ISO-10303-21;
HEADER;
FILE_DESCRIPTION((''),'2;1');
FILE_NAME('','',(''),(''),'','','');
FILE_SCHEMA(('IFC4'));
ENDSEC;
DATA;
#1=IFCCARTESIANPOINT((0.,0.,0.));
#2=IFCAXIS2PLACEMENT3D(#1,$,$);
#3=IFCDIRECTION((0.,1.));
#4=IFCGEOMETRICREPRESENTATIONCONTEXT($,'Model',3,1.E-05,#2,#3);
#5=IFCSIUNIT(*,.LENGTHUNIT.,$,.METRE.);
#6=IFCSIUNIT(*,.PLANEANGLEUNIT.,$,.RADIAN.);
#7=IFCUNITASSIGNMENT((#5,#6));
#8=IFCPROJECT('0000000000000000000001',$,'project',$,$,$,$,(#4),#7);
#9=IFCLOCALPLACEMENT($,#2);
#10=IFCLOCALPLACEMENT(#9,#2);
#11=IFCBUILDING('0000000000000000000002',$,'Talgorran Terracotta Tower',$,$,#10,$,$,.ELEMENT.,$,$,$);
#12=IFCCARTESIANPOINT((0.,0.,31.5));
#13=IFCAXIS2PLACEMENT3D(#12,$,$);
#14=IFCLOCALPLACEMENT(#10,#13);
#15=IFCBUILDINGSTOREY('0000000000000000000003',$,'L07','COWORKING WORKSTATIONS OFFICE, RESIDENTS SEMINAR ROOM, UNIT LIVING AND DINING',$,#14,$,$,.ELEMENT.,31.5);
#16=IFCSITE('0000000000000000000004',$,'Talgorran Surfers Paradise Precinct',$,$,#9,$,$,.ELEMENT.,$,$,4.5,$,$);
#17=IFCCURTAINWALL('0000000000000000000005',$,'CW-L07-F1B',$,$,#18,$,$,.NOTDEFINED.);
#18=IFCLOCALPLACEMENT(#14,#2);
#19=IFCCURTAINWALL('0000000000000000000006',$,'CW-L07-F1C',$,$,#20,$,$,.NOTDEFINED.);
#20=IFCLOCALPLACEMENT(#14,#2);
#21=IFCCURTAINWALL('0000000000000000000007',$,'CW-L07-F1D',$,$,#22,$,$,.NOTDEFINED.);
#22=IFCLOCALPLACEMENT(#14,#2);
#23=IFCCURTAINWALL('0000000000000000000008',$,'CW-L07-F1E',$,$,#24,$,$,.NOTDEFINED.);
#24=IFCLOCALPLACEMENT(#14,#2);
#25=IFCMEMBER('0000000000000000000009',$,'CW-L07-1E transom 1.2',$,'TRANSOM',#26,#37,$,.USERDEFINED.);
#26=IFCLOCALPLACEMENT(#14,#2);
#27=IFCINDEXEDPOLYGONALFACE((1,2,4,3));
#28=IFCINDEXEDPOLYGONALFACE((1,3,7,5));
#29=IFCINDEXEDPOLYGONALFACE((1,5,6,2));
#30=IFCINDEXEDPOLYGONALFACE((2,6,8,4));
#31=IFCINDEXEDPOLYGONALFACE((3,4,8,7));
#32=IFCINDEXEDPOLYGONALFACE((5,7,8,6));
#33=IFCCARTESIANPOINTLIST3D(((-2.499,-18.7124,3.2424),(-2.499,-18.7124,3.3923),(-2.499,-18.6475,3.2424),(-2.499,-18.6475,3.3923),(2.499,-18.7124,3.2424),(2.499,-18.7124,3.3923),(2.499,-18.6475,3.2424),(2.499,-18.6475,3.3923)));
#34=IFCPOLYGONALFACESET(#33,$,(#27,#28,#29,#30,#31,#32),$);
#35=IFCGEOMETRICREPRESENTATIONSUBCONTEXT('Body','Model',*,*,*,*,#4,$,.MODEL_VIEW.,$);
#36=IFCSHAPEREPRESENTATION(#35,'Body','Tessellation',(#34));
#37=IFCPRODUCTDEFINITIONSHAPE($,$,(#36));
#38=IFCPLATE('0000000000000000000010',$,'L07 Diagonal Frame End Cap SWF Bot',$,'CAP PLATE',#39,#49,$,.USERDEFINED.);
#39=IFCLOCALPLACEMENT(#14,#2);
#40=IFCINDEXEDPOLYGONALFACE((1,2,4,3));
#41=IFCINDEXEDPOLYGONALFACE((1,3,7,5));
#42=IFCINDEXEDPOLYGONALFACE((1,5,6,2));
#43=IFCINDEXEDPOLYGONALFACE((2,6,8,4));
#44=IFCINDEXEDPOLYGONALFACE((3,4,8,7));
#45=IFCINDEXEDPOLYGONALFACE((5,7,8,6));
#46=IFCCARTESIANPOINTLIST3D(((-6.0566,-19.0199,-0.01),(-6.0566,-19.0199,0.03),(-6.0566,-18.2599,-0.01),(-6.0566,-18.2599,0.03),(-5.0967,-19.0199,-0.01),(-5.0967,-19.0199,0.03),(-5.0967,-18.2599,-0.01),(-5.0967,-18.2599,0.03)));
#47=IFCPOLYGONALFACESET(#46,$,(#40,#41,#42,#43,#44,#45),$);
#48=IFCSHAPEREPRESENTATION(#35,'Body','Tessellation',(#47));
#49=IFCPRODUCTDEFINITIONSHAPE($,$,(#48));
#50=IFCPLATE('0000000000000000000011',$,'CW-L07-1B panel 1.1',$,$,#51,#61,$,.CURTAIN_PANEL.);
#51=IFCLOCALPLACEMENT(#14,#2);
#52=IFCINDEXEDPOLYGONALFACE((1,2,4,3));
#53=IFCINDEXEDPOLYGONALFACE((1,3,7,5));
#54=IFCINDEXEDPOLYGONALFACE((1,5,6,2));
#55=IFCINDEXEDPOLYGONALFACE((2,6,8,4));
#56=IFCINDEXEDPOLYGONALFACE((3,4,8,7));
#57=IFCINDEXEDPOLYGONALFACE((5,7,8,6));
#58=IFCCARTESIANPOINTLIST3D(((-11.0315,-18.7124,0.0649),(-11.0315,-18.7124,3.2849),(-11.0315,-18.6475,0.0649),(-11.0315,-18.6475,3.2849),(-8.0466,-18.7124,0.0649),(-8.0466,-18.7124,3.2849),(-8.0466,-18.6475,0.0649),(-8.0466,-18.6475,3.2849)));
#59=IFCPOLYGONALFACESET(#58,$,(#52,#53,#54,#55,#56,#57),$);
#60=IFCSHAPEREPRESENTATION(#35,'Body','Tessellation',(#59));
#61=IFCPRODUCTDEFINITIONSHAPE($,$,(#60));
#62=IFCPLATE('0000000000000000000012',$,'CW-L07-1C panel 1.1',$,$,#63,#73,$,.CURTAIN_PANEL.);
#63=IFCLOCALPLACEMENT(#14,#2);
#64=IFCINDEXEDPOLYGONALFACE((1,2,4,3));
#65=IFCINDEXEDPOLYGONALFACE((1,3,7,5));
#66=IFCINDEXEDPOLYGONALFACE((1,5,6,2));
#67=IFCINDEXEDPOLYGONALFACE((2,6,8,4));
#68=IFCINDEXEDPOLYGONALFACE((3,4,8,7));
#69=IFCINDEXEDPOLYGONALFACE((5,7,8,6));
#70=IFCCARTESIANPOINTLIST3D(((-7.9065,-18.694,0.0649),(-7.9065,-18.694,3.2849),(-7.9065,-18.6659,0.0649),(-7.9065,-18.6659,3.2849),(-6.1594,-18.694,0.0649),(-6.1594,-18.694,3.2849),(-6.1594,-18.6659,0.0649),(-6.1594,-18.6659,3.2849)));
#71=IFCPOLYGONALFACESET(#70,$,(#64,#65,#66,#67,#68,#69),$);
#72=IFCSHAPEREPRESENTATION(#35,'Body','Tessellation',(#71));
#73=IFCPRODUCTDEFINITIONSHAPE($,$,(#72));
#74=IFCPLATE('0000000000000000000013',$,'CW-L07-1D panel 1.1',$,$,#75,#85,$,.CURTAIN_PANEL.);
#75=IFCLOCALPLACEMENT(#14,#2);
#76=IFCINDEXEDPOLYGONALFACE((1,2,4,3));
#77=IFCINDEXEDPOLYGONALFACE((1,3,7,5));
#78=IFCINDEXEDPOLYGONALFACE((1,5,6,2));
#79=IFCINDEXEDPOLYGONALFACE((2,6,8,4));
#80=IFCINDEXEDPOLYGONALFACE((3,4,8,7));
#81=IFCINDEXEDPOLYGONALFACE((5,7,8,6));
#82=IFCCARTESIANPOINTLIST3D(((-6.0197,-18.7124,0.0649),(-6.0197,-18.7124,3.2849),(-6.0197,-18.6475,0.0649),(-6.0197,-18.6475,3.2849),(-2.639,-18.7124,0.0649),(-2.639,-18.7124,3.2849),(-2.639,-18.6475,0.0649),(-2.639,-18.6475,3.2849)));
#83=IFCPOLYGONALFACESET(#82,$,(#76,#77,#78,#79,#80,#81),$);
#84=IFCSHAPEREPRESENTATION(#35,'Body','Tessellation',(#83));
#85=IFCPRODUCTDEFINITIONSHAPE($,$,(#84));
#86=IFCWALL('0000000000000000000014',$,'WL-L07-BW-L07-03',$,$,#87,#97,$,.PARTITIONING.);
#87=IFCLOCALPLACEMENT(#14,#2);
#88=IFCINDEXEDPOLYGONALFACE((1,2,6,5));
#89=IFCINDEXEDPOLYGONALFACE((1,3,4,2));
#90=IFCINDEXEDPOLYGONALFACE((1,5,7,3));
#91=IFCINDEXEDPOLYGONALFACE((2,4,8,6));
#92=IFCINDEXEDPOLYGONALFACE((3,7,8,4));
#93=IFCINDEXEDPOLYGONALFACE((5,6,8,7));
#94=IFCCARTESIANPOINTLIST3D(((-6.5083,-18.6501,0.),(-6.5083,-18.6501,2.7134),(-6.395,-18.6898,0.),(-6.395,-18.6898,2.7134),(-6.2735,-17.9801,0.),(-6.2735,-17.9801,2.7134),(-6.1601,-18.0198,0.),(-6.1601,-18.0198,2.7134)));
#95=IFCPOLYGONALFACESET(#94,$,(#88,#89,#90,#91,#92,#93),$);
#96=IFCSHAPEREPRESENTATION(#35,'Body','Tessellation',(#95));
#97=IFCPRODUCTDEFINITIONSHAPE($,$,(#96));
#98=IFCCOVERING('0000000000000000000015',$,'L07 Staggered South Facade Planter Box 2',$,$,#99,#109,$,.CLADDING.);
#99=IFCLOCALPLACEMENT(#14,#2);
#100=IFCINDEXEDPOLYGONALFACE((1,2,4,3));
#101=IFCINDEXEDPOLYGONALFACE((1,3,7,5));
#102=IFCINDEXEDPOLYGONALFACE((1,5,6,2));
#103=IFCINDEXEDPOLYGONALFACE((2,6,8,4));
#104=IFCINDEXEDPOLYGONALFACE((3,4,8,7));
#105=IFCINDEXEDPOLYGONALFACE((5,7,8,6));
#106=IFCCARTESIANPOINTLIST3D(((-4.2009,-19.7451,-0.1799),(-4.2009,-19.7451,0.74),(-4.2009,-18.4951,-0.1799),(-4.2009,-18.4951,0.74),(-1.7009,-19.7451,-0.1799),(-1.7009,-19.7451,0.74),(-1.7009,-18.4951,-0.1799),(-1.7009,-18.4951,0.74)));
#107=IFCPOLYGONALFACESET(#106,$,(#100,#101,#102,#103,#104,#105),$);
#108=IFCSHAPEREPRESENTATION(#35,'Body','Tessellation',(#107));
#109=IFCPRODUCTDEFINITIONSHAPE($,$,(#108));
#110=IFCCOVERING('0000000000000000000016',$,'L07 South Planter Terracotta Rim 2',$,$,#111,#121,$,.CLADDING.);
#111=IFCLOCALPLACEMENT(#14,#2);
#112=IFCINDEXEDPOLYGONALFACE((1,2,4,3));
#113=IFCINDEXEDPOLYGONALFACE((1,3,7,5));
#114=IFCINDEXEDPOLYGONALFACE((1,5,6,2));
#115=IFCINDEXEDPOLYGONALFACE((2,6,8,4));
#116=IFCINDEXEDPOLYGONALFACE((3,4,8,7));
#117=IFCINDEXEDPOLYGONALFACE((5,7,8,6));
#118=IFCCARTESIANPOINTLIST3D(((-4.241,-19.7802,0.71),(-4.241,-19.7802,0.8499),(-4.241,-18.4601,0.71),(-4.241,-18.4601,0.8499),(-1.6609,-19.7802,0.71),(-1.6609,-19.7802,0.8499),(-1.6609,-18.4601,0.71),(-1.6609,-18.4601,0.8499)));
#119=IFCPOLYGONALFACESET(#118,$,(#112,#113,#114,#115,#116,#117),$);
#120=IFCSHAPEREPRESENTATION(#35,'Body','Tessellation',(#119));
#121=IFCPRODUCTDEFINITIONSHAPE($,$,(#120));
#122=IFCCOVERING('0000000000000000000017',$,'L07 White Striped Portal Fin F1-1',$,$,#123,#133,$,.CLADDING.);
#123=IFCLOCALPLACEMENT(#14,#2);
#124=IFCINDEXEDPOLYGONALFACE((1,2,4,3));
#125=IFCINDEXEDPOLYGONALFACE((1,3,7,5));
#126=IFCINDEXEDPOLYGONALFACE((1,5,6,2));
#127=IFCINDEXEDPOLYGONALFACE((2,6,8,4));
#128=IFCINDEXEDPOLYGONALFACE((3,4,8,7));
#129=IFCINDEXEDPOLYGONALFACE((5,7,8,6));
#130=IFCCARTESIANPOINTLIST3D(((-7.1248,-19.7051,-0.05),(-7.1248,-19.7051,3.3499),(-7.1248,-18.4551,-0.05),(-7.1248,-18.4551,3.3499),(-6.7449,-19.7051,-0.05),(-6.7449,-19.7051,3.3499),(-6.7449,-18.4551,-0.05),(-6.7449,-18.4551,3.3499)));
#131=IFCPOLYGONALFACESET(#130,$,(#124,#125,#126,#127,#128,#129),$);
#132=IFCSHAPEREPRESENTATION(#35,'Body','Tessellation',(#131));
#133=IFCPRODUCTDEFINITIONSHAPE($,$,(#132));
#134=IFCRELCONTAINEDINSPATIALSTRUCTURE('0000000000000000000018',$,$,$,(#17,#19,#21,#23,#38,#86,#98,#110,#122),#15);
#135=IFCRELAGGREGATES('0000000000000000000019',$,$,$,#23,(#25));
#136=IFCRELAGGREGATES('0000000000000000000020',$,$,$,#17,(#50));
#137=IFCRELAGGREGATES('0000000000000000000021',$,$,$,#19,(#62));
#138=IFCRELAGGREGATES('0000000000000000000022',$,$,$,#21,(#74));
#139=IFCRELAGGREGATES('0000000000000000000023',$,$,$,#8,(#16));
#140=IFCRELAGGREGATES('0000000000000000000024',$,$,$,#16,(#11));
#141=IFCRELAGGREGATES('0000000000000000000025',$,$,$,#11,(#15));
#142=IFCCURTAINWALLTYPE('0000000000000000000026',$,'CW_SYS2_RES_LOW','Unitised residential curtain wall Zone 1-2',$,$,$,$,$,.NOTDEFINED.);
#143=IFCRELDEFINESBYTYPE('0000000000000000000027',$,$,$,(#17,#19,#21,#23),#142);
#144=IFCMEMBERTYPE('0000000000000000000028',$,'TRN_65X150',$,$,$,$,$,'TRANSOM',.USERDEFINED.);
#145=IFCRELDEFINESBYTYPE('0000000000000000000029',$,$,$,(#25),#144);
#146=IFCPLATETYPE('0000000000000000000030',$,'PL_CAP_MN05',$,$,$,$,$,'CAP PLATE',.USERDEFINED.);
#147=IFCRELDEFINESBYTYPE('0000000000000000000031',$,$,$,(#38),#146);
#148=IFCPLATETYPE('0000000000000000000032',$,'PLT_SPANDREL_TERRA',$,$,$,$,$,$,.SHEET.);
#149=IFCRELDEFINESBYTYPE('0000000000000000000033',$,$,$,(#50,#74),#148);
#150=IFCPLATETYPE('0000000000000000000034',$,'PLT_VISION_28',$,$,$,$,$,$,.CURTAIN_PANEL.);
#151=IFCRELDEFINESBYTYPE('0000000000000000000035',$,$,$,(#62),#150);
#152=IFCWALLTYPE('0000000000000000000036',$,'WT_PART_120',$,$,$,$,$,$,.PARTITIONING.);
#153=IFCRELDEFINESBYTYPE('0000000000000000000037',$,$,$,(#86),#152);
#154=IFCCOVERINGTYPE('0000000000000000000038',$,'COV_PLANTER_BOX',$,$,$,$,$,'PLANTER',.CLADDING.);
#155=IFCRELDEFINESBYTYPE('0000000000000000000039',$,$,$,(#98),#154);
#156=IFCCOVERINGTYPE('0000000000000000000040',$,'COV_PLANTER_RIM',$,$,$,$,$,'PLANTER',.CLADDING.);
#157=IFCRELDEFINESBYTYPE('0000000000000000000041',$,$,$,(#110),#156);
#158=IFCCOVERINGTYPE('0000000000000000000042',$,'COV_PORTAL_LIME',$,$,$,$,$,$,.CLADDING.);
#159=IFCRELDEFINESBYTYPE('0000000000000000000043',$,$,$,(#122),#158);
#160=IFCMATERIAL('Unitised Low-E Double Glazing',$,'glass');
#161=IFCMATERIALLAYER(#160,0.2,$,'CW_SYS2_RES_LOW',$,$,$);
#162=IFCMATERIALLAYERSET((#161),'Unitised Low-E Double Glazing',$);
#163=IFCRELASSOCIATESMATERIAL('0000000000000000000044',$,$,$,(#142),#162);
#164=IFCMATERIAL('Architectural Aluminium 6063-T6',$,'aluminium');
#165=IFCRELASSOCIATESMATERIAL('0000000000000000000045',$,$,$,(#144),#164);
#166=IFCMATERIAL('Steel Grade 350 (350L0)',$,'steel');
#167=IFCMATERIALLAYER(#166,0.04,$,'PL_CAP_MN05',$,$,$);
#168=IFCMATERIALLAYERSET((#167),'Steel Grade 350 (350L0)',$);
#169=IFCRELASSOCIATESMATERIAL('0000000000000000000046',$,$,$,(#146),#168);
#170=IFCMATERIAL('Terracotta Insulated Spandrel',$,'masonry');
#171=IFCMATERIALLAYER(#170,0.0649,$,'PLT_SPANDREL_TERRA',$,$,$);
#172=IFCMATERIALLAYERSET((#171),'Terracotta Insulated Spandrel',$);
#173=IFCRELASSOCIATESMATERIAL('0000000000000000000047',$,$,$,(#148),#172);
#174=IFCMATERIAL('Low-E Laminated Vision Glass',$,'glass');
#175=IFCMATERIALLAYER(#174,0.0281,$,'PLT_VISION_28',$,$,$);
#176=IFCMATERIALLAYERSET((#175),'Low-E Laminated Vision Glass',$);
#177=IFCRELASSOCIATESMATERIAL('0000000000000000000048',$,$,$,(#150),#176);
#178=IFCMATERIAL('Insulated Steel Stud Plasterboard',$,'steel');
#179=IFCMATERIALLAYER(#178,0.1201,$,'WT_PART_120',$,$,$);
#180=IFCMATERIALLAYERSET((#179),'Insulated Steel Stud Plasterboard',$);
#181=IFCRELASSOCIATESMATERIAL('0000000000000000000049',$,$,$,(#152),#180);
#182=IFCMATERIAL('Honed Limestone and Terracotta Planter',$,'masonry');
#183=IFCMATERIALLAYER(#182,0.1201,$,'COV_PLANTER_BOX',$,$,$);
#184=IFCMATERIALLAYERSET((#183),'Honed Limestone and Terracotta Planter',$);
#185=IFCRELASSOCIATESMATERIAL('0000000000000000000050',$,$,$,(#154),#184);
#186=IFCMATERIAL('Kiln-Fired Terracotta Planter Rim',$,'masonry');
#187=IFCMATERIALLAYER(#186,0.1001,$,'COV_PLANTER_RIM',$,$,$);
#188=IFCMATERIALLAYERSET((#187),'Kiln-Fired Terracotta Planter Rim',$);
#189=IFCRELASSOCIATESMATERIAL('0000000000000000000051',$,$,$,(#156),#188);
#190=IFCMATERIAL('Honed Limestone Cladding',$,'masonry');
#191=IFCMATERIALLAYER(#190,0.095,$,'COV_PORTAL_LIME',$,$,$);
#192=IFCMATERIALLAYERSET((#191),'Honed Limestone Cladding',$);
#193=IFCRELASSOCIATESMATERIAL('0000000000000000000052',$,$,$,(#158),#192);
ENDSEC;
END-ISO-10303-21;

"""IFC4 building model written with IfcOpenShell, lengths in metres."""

from ifc_helpers import new_model, si_unit, direction, frame, frame_2d, origin, origin_2d, place, context, subcontext, project, spatial, rectangle, extrude, source, transform, mapped, material, layer, layer_set, material_profile, profile_set, type_object, type_shapes, element, aggregate, save


model = new_model("IFC4")

# Units and contexts
model_context = context("Model", 3, precision=1e-05, world=origin(), true_north=direction((0.0, 1.0)))
body_context = subcontext(model_context, "Body", "Model", "MODEL_VIEW")
ifc_project = project(units=[si_unit("LENGTHUNIT", "METRE"), si_unit("PLANEANGLEUNIT", "RADIAN")], contexts=[model_context])

# Site, building, storey
site_placement = place(None, origin())
site = spatial("IfcSite", under=ifc_project, at=site_placement, Name="Talgorran Surfers Paradise Precinct", CompositionType="ELEMENT", RefElevation=4.5)
building_placement = place(site_placement, origin())
building = spatial("IfcBuilding", under=site, at=building_placement, Name="Talgorran Terracotta Tower", CompositionType="ELEMENT")
storey_placement = place(building_placement, frame((0.0, 0.0, 31.5)))
storey = spatial("IfcBuildingStorey", under=building, at=storey_placement, Name="L07", Description="COWORKING WORKSTATIONS OFFICE, RESIDENTS SEMINAR ROOM, UNIT LIVING AND DINING", CompositionType="ELEMENT", Elevation=31.5)

# Shared definitions
ifc_material_1 = material(Name="Steel Grade 350 (350L0)", Category="steel")

# Curtain wall
ifc_material_2 = material(Name="Unitised Low-E Double Glazing", Category="glass")
ifc_layer_1 = layer(ifc_material_2, 0.2, Name="CW_SYS2_RES_LOW")
ifc_layer_set_1 = layer_set([ifc_layer_1], Name="Unitised Low-E Double Glazing")
curtain_wall_type = type_object("IfcCurtainWallType", Name="CW_SYS2_RES_LOW", Description="Unitised residential curtain wall Zone 1-2", PredefinedType="NOTDEFINED", material=ifc_layer_set_1)
curtain_wall_1_placement = place(storey_placement, origin())
curtain_wall_1 = element("IfcCurtainWall", 1, at=curtain_wall_1_placement, inside=storey, type_object=curtain_wall_type, Name="CW-L07-F1B", PredefinedType="NOTDEFINED")
ifc_material_3 = material(Name="Architectural Aluminium 6063-T6", Category="aluminium")

# Curtain walls
curtain_wall_2_placement = place(storey_placement, origin())
curtain_wall_2 = element("IfcCurtainWall", 2, at=curtain_wall_2_placement, inside=storey, type_object=curtain_wall_type, Name="CW-L07-F1C", PredefinedType="NOTDEFINED")
curtain_wall_3_placement = place(storey_placement, origin())
curtain_wall_3 = element("IfcCurtainWall", 3, at=curtain_wall_3_placement, inside=storey, type_object=curtain_wall_type, Name="CW-L07-F1D", PredefinedType="NOTDEFINED")

# Curtain wall
curtain_wall_4_placement = place(storey_placement, origin())
curtain_wall_4 = element("IfcCurtainWall", 4, at=curtain_wall_4_placement, inside=storey, type_object=curtain_wall_type, Name="CW-L07-F1E", PredefinedType="NOTDEFINED")

# Member
ifc_material_profile_1 = material_profile(ifc_material_3, rectangle(XDim=0.0649, YDim=0.1499, at=origin_2d()), Name="CWT65X150")
ifc_profile_set_1 = profile_set([ifc_material_profile_1], Name="Architectural Aluminium 6063-T6")
member_type_1 = type_object("IfcMemberType", Name="TRN_65X150", ElementType="TRANSOM", PredefinedType="USERDEFINED", material=ifc_profile_set_1)
member_1_placement = place(storey_placement, frame((-2.499, -18.6799, 3.3174), z_axis=(1.0, 0.0, 0.0), x_axis=(0.0, 1.0, 0.0)))
member_1 = element("IfcMember", 5, at=member_1_placement, type_object=member_type_1, Name="CW-L07-1E transom 1.2", ObjectType="TRANSOM", PredefinedType="USERDEFINED", context=body_context, shape_type="SweptSolid", body=[
    extrude(rectangle(XDim=0.0649, YDim=0.1499, at=origin_2d()), origin(), (0.0, 0.0, 1.0), 4.998),
])
aggregate(curtain_wall_4, [member_1])

# Plates
ifc_layer_2 = layer(ifc_material_1, 0.04, Name="PL_CAP_MN05")
ifc_layer_set_2 = layer_set([ifc_layer_2], Name="Steel Grade 350 (350L0)")
plate_type_1 = type_object("IfcPlateType", Name="PL_CAP_MN05", ElementType="CAP PLATE", PredefinedType="USERDEFINED", material=ifc_layer_set_2)
plate_1_placement = place(storey_placement, frame((-5.5767, -18.6399, -0.01), z_axis=(0.0, 0.0, 1.0), x_axis=(1.0, 0.0, 0.0)))
element("IfcPlate", 6, at=plate_1_placement, inside=storey, type_object=plate_type_1, Name="L07 Diagonal Frame End Cap SWF Bot", ObjectType="CAP PLATE", PredefinedType="USERDEFINED", context=body_context, shape_type="SweptSolid", body=[
    extrude(rectangle(XDim=0.96, YDim=0.76, at=origin_2d()), origin(), (0.0, 0.0, 1.0), 0.04),
])
ifc_material_4 = material(Name="Terracotta Insulated Spandrel", Category="masonry")
ifc_layer_3 = layer(ifc_material_4, 0.0649, Name="PLT_SPANDREL_TERRA")
ifc_layer_set_3 = layer_set([ifc_layer_3], Name="Terracotta Insulated Spandrel")
plate_type_2 = type_object("IfcPlateType", Name="PLT_SPANDREL_TERRA", PredefinedType="SHEET", material=ifc_layer_set_3)
shared_shape_1 = source(origin(), body_context, "Body", "SweptSolid", [
    extrude(rectangle(XDim=2.9849, YDim=0.0649, at=origin_2d()), origin(), (0.0, 0.0, 1.0), 3.22),
])
plate_2_placement = place(storey_placement, frame((-9.5391, -18.6799, 0.0649), z_axis=(0.0, 0.0, 1.0), x_axis=(1.0, 0.0, 0.0)))
plate_2 = element("IfcPlate", 7, at=plate_2_placement, type_object=plate_type_2, Name="CW-L07-1B panel 1.1", PredefinedType="CURTAIN_PANEL", context=body_context, shape_type="MappedRepresentation", body=[
    mapped(shared_shape_1, transform((0.0, 0.0, 0.0), scale=1.0)),
])
aggregate(curtain_wall_1, [plate_2])
ifc_material_5 = material(Name="Low-E Laminated Vision Glass", Category="glass")
ifc_layer_4 = layer(ifc_material_5, 0.0281, Name="PLT_VISION_28")
ifc_layer_set_4 = layer_set([ifc_layer_4], Name="Low-E Laminated Vision Glass")
plate_type_3 = type_object("IfcPlateType", Name="PLT_VISION_28", PredefinedType="CURTAIN_PANEL", material=ifc_layer_set_4)
shared_shape_2 = source(origin(), body_context, "Body", "SweptSolid", [
    extrude(rectangle(XDim=1.7471, YDim=0.0281, at=origin_2d()), origin(), (0.0, 0.0, 1.0), 3.22),
])
type_shapes(plate_type_3, [shared_shape_2])
plate_3_placement = place(storey_placement, frame((-7.033, -18.6799, 0.0649), z_axis=(0.0, 0.0, 1.0), x_axis=(1.0, 0.0, 0.0)))
plate_3 = element("IfcPlate", 8, at=plate_3_placement, type_object=plate_type_3, Name="CW-L07-1C panel 1.1", PredefinedType="CURTAIN_PANEL", context=body_context, shape_type="MappedRepresentation", body=[
    mapped(shared_shape_2, transform((0.0, 0.0, 0.0), scale=1.0)),
])
aggregate(curtain_wall_2, [plate_3])
shared_shape_3 = source(origin(), body_context, "Body", "SweptSolid", [
    extrude(rectangle(XDim=3.3806, YDim=0.0649, at=origin_2d()), origin(), (0.0, 0.0, 1.0), 3.22),
])
type_shapes(plate_type_2, [shared_shape_1, shared_shape_3])
plate_4_placement = place(storey_placement, frame((-4.3293, -18.6799, 0.0649), z_axis=(0.0, 0.0, 1.0), x_axis=(1.0, 0.0, 0.0)))
plate_4 = element("IfcPlate", 9, at=plate_4_placement, type_object=plate_type_2, Name="CW-L07-1D panel 1.1", PredefinedType="CURTAIN_PANEL", context=body_context, shape_type="MappedRepresentation", body=[
    mapped(shared_shape_3, transform((0.0, 0.0, 0.0), scale=1.0)),
])
aggregate(curtain_wall_3, [plate_4])

# Wall
ifc_material_6 = material(Name="Insulated Steel Stud Plasterboard", Category="steel")
ifc_layer_5 = layer(ifc_material_6, 0.1201, Name="WT_PART_120")
ifc_layer_set_5 = layer_set([ifc_layer_5], Name="Insulated Steel Stud Plasterboard")
wall_type = type_object("IfcWallType", Name="WT_PART_120", PredefinedType="PARTITIONING", material=ifc_layer_set_5)
wall_placement = place(storey_placement, frame((-6.4517, -18.6699, 0.0), z_axis=(0.0, 0.0, 1.0), x_axis=(0.330841, 0.943687, 0.0)))
element("IfcWall", 10, at=wall_placement, inside=storey, type_object=wall_type, Name="WL-L07-BW-L07-03", PredefinedType="PARTITIONING", context=body_context, shape_type="SweptSolid", body=[
    extrude(rectangle(XDim=0.71, YDim=0.1201, at=frame_2d((0.355, 0.0))), origin(), (0.0, 0.0, 1.0), 2.7134),
])

# Coverings
ifc_material_7 = material(Name="Honed Limestone and Terracotta Planter", Category="masonry")
ifc_layer_6 = layer(ifc_material_7, 0.1201, Name="COV_PLANTER_BOX")
ifc_layer_set_6 = layer_set([ifc_layer_6], Name="Honed Limestone and Terracotta Planter")
covering_type_1 = type_object("IfcCoveringType", Name="COV_PLANTER_BOX", ElementType="PLANTER", PredefinedType="CLADDING", material=ifc_layer_set_6)
covering_1_placement = place(storey_placement, frame((-2.9509, -19.1201, -0.1799), z_axis=(0.0, 0.0, 1.0), x_axis=(1.0, 0.0, 0.0)))
element("IfcCovering", 11, at=covering_1_placement, inside=storey, type_object=covering_type_1, Name="L07 Staggered South Facade Planter Box 2", PredefinedType="CLADDING", context=body_context, shape_type="SweptSolid", body=[
    extrude(rectangle(XDim=2.5, YDim=1.25, at=origin_2d()), origin(), (0.0, 0.0, 1.0), 0.9199),
])
ifc_material_8 = material(Name="Kiln-Fired Terracotta Planter Rim", Category="masonry")
ifc_layer_7 = layer(ifc_material_8, 0.1001, Name="COV_PLANTER_RIM")
ifc_layer_set_7 = layer_set([ifc_layer_7], Name="Kiln-Fired Terracotta Planter Rim")
covering_type_2 = type_object("IfcCoveringType", Name="COV_PLANTER_RIM", ElementType="PLANTER", PredefinedType="CLADDING", material=ifc_layer_set_7)
covering_2_placement = place(storey_placement, frame((-2.9509, -19.1201, 0.71), z_axis=(0.0, 0.0, 1.0), x_axis=(1.0, 0.0, 0.0)))
element("IfcCovering", 12, at=covering_2_placement, inside=storey, type_object=covering_type_2, Name="L07 South Planter Terracotta Rim 2", PredefinedType="CLADDING", context=body_context, shape_type="SweptSolid", body=[
    extrude(rectangle(XDim=2.5801, YDim=1.3201, at=origin_2d()), origin(), (0.0, 0.0, 1.0), 0.1399),
])
ifc_material_9 = material(Name="Honed Limestone Cladding", Category="masonry")
ifc_layer_8 = layer(ifc_material_9, 0.095, Name="COV_PORTAL_LIME")
ifc_layer_set_8 = layer_set([ifc_layer_8], Name="Honed Limestone Cladding")
covering_type_3 = type_object("IfcCoveringType", Name="COV_PORTAL_LIME", PredefinedType="CLADDING", material=ifc_layer_set_8)
covering_3_placement = place(storey_placement, frame((-6.9348, -19.0801, -0.05), z_axis=(0.0, 0.0, 1.0), x_axis=(1.0, 0.0, 0.0)))
element("IfcCovering", 13, at=covering_3_placement, inside=storey, type_object=covering_type_3, Name="L07 White Striped Portal Fin F1-1", PredefinedType="CLADDING", context=body_context, shape_type="SweptSolid", body=[
    extrude(rectangle(XDim=0.3799, YDim=1.25, at=origin_2d()), origin(), (0.0, 0.0, 1.0), 3.3999),
])

save(model, "model.ifc")
